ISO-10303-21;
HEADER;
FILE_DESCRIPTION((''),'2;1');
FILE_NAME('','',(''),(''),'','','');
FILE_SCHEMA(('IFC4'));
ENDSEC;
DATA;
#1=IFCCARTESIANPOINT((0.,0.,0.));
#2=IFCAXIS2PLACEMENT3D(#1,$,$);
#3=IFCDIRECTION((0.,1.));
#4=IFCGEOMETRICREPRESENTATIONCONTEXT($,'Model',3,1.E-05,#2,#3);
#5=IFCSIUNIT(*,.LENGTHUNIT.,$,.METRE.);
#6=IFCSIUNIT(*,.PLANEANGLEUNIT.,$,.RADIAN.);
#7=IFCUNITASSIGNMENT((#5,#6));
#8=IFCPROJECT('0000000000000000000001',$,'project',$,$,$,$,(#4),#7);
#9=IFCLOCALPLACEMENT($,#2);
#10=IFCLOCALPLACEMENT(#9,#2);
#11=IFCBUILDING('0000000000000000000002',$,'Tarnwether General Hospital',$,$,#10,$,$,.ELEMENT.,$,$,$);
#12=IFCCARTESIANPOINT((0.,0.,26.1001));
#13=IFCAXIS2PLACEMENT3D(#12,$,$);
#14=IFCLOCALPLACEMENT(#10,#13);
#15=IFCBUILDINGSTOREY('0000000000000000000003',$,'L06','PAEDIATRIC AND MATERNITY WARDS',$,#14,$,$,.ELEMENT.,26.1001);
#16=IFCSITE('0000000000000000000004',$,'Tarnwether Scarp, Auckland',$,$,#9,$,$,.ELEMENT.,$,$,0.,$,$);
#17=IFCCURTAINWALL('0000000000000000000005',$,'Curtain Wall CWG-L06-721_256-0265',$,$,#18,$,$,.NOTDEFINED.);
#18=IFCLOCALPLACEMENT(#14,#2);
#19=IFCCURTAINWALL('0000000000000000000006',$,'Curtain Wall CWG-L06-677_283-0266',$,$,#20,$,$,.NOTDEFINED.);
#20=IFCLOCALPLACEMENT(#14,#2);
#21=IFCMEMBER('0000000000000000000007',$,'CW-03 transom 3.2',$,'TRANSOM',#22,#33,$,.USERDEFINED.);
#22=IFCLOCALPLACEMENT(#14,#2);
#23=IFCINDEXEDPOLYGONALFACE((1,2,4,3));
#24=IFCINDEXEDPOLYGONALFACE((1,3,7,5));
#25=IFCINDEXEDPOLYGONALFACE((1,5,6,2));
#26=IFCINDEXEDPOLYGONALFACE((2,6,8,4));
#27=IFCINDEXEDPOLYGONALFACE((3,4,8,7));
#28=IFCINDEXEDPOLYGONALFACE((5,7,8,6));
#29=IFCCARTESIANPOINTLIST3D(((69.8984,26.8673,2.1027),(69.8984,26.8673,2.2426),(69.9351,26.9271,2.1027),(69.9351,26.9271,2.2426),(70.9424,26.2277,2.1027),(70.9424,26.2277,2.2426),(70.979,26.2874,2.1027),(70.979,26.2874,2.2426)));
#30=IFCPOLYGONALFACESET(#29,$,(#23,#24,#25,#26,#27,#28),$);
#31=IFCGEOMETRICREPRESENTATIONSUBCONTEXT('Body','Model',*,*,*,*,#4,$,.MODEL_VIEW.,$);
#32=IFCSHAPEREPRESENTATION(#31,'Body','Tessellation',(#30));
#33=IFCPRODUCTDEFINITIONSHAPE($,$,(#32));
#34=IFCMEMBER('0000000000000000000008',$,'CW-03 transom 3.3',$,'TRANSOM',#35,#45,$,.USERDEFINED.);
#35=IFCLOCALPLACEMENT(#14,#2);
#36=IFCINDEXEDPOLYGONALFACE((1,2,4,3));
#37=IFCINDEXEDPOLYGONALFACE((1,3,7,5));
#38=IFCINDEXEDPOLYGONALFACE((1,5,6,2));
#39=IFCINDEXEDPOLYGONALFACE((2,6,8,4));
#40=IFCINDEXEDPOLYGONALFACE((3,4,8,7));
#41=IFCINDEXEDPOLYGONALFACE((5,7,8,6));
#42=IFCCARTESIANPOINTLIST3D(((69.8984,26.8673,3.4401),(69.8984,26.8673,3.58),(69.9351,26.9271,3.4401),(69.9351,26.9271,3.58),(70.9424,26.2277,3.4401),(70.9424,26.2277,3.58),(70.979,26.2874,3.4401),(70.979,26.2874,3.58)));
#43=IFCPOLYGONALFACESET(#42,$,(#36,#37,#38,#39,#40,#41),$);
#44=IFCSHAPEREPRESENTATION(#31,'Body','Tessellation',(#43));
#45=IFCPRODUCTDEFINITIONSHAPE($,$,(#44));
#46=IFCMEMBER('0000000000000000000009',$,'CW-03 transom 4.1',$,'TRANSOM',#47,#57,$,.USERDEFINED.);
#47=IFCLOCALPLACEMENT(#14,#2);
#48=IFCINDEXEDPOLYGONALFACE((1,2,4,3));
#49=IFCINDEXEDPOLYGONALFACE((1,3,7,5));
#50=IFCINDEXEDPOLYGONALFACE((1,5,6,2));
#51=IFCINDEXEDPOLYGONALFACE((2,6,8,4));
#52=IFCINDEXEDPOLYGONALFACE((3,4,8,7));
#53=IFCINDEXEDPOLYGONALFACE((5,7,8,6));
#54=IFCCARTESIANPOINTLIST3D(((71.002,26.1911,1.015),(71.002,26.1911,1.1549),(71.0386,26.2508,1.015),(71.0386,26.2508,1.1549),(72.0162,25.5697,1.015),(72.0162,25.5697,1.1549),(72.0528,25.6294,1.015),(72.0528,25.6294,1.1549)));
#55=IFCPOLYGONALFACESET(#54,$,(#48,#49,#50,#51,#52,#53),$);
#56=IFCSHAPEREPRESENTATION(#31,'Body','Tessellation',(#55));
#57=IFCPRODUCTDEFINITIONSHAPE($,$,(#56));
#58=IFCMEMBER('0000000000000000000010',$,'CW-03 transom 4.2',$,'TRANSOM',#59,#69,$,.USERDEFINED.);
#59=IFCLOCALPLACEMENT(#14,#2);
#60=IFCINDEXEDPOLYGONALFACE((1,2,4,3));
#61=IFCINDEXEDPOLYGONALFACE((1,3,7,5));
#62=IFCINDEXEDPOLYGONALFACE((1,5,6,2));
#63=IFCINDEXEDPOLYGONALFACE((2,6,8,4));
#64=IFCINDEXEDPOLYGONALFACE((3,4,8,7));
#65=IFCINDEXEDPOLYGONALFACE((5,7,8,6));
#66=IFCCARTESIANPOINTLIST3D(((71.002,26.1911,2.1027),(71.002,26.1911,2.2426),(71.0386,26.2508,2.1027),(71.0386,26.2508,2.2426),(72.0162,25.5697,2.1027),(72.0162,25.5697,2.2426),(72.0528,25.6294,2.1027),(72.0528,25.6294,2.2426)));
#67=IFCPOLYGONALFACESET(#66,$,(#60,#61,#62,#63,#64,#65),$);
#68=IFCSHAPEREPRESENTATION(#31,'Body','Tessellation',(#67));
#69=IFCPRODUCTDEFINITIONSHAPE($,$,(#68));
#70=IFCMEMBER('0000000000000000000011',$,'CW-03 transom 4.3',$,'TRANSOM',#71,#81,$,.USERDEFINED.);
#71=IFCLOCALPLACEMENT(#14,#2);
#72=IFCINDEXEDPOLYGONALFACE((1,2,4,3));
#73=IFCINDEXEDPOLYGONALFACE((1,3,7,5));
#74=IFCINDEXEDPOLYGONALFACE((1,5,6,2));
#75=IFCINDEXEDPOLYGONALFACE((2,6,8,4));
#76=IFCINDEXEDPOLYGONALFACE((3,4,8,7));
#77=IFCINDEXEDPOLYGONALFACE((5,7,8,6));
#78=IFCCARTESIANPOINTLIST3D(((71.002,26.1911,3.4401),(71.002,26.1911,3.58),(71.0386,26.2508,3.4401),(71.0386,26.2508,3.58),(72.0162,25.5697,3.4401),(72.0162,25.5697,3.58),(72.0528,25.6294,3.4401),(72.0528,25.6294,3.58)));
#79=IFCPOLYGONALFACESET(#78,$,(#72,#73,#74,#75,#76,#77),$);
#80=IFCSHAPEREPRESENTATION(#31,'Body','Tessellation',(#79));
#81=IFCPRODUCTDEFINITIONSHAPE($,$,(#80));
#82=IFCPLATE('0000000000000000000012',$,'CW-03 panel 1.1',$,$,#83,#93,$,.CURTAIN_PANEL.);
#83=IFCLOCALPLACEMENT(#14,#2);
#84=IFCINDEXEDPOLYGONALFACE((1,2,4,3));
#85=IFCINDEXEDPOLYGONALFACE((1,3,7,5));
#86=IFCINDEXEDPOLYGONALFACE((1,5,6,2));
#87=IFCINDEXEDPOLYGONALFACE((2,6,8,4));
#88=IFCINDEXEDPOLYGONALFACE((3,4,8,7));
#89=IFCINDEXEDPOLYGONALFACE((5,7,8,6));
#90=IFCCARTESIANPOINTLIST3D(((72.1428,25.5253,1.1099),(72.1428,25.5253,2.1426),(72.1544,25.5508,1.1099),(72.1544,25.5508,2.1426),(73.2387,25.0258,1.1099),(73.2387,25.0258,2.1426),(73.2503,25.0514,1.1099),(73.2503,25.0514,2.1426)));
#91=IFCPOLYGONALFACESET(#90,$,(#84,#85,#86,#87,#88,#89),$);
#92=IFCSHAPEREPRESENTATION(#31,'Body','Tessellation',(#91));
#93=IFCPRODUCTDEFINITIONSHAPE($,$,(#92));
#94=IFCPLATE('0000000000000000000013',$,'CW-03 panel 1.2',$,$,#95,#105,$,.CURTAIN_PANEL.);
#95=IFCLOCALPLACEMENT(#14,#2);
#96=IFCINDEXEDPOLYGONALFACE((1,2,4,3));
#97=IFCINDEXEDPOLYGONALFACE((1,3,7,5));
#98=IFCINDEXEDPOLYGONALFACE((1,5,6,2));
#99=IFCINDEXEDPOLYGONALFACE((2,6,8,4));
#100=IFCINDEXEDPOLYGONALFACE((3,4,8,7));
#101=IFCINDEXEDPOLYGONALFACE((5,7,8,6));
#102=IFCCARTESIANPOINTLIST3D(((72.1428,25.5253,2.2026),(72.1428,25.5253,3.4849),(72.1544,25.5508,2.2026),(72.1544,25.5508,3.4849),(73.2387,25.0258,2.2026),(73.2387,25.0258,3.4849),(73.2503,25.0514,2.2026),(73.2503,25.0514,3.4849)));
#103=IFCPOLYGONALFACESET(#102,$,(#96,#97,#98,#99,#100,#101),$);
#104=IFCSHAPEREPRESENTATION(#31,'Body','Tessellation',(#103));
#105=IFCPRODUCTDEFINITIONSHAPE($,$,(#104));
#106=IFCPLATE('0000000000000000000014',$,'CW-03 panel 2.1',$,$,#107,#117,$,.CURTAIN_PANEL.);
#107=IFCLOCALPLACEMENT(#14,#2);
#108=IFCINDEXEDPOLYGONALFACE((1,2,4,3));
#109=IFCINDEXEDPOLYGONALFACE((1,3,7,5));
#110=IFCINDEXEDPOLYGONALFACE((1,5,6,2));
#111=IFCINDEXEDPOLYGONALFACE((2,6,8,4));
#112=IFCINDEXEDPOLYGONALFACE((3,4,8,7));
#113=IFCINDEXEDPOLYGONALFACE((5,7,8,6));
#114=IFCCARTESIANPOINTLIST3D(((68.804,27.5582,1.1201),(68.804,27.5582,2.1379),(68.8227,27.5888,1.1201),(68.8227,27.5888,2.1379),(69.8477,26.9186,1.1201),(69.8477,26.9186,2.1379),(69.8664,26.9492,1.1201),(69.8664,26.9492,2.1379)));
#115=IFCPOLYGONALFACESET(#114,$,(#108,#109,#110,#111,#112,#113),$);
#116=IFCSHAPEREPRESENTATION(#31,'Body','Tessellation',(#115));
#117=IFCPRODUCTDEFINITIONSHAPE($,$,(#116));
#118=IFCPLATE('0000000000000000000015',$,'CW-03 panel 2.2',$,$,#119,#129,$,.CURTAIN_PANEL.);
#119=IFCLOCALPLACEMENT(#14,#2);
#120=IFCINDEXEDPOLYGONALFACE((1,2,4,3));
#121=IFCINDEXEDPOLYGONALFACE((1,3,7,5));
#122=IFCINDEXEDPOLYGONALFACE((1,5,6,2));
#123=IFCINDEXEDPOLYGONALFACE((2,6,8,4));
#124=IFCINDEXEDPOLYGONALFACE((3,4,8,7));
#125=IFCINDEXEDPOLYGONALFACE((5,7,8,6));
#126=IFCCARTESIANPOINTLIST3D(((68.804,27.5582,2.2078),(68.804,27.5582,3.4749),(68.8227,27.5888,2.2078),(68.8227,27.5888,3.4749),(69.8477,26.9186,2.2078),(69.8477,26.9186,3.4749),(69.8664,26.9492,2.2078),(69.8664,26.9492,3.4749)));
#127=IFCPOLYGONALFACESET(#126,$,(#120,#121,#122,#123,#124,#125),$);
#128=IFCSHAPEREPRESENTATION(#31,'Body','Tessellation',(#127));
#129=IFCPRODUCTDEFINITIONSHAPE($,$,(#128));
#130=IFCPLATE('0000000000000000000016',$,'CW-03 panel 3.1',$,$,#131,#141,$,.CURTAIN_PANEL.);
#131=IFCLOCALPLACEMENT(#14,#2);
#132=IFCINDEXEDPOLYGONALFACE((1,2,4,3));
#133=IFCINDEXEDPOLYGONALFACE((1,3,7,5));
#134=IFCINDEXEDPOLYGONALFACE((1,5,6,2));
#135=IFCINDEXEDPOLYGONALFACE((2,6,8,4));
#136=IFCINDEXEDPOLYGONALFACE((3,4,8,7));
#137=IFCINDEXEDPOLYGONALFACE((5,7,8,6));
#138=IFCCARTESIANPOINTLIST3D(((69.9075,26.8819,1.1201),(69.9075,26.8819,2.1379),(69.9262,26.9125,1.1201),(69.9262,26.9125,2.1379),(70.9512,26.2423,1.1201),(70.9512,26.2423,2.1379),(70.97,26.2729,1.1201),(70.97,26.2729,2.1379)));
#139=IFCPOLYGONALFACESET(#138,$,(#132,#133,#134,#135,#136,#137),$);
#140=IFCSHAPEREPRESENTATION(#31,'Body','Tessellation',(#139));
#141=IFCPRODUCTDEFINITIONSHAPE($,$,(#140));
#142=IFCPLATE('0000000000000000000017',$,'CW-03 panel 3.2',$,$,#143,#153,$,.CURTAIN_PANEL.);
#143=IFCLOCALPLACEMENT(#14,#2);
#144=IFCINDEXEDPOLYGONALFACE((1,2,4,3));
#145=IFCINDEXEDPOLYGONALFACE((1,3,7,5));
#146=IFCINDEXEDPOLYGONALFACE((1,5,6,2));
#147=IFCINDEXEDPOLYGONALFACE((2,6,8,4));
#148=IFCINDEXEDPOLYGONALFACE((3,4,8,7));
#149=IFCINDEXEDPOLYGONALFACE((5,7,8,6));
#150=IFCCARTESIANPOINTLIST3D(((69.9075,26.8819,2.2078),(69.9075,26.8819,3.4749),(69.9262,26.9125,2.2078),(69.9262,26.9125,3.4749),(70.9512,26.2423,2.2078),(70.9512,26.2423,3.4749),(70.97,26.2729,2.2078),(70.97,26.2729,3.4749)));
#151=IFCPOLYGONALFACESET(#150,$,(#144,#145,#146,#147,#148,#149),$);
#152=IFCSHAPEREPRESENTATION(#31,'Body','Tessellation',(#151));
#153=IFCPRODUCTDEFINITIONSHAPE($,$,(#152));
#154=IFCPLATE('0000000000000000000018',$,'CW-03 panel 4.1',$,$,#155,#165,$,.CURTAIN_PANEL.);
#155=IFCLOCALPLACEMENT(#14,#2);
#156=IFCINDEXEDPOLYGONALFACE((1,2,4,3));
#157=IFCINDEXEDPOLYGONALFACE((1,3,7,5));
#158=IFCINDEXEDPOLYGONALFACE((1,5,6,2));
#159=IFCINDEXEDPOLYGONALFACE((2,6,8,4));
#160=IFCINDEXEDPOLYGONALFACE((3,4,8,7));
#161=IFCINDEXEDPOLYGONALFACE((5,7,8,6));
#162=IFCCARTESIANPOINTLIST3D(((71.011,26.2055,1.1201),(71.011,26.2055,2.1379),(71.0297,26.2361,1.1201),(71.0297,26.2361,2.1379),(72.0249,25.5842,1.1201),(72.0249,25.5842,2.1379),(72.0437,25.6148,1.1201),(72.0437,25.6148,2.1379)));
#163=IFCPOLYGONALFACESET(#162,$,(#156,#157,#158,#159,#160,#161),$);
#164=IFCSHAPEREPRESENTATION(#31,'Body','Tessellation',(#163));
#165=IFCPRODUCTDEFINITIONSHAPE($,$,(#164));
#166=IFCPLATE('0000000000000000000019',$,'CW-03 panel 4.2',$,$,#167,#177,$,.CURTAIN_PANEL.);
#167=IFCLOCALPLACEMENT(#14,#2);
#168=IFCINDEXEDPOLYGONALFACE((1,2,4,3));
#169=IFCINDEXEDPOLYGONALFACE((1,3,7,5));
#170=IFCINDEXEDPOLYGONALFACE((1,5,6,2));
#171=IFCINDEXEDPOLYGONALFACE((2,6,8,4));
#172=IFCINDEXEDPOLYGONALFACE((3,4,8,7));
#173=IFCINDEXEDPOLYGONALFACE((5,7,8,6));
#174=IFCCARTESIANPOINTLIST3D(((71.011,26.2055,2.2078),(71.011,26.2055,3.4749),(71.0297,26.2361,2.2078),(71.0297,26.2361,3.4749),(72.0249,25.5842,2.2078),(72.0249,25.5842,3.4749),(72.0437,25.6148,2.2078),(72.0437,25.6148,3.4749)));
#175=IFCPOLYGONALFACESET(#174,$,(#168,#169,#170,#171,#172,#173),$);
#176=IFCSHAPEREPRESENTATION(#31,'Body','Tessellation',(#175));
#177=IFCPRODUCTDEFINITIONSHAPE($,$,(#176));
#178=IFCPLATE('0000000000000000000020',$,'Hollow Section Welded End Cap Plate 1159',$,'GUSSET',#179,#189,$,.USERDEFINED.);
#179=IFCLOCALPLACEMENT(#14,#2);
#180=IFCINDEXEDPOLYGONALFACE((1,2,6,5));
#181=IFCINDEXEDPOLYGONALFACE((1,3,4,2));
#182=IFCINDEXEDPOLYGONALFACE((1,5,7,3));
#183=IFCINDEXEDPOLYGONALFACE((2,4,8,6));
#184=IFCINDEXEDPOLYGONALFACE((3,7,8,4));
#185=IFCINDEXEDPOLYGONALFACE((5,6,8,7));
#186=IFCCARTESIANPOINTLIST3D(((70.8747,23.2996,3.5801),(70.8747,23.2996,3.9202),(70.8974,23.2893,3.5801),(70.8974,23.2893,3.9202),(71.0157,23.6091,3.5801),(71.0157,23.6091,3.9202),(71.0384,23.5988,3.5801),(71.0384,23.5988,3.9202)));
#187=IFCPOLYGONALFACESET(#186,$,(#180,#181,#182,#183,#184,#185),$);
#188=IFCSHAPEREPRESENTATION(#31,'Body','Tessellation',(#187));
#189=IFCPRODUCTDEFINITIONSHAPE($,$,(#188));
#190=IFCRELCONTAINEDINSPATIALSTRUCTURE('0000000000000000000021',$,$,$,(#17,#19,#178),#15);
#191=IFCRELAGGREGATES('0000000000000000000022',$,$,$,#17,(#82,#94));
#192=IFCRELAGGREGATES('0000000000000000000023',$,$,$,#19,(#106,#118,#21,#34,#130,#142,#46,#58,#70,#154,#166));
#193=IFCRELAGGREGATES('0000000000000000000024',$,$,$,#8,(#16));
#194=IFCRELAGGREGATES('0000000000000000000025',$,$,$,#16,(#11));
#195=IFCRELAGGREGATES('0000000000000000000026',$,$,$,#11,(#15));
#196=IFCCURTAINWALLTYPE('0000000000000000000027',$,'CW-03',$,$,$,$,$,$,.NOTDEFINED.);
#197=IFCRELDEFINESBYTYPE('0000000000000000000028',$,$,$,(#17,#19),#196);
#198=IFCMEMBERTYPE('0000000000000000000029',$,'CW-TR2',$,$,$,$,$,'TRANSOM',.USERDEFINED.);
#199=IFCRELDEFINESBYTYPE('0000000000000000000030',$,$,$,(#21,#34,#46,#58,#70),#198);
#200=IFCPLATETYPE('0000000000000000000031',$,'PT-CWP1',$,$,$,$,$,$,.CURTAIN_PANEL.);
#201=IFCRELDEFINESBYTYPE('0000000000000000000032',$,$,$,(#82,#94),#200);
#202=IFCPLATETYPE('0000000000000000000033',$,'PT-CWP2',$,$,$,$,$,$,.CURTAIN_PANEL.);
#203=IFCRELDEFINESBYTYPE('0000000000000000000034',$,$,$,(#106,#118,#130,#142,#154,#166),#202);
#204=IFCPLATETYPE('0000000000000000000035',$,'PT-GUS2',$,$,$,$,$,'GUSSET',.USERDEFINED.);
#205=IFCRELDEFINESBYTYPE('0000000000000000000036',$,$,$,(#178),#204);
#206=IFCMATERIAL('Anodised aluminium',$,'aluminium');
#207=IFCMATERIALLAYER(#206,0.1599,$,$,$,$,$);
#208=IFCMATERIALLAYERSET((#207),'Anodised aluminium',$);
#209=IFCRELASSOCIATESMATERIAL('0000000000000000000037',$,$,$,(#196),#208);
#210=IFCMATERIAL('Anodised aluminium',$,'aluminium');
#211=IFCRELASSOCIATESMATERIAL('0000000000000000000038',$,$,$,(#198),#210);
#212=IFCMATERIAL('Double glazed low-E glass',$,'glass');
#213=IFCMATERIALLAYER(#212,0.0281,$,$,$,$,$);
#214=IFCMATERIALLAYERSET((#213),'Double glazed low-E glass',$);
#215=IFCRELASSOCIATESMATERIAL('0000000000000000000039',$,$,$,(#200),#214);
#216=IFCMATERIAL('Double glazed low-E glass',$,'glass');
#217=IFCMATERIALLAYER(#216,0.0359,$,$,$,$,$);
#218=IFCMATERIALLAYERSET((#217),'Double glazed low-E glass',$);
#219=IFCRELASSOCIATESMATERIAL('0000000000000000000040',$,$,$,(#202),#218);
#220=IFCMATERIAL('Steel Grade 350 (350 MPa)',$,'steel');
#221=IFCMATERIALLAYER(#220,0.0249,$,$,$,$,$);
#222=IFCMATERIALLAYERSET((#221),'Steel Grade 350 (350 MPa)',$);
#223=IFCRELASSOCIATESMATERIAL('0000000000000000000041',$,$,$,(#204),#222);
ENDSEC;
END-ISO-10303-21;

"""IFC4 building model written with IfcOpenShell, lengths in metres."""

from ifc_helpers import new_model, si_unit, direction, frame, origin, origin_2d, place, context, subcontext, project, spatial, rectangle, extrude, material, layer, layer_set, material_profile, profile_set, type_object, element, aggregate, save


model = new_model("IFC4")

# Units and contexts
model_context = context("Model", 3, precision=1e-05, world=origin(), true_north=direction((0.0, 1.0)))
body_context = subcontext(model_context, "Body", "Model", "MODEL_VIEW")
ifc_project = project(units=[si_unit("LENGTHUNIT", "METRE"), si_unit("PLANEANGLEUNIT", "RADIAN")], contexts=[model_context])

# Site, building, storey
site_placement = place(None, origin())
site = spatial("IfcSite", under=ifc_project, at=site_placement, Name="Tarnwether Scarp, Auckland", CompositionType="ELEMENT", RefElevation=0.0)
building_placement = place(site_placement, origin())
building = spatial("IfcBuilding", under=site, at=building_placement, Name="Tarnwether General Hospital", CompositionType="ELEMENT")
storey_placement = place(building_placement, frame((0.0, 0.0, 26.1001)))
storey = spatial("IfcBuildingStorey", under=building, at=storey_placement, Name="L06", Description="PAEDIATRIC AND MATERNITY WARDS", CompositionType="ELEMENT", Elevation=26.1001)

# Curtain walls
ifc_material_1 = material(Name="Anodised aluminium", Category="aluminium")
ifc_layer_1 = layer(ifc_material_1, 0.1599)
ifc_layer_set_1 = layer_set([ifc_layer_1], Name="Anodised aluminium")
curtain_wall_type = type_object("IfcCurtainWallType", Name="CW-03", PredefinedType="NOTDEFINED", material=ifc_layer_set_1)
curtain_wall_1_placement = place(storey_placement, origin())
curtain_wall_1 = element("IfcCurtainWall", 1, at=curtain_wall_1_placement, inside=storey, type_object=curtain_wall_type, Name="Curtain Wall CWG-L06-721_256-0265", PredefinedType="NOTDEFINED")
curtain_wall_2_placement = place(storey_placement, origin())
curtain_wall_2 = element("IfcCurtainWall", 2, at=curtain_wall_2_placement, inside=storey, type_object=curtain_wall_type, Name="Curtain Wall CWG-L06-677_283-0266", PredefinedType="NOTDEFINED")

# Members
ifc_material_2 = material(Name="Anodised aluminium", Category="aluminium")
ifc_material_profile_1 = material_profile(ifc_material_2, rectangle(XDim=0.0701, YDim=0.1399, at=origin_2d()), Name="ALU-TRN-70x140")
ifc_profile_set_1 = profile_set([ifc_material_profile_1], Name="Anodised aluminium")
member_type_1 = type_object("IfcMemberType", Name="CW-TR2", ElementType="TRANSOM", PredefinedType="USERDEFINED", material=ifc_profile_set_1)
member_1_placement = place(storey_placement, frame((69.9167, 26.8972, 2.1726), z_axis=(0.85267, -0.52245, 0.0), x_axis=(0.52245, 0.85267, 0.0)))
member_1 = element("IfcMember", 3, at=member_1_placement, type_object=member_type_1, Name="CW-03 transom 3.2", ObjectType="TRANSOM", PredefinedType="USERDEFINED", context=body_context, shape_type="SweptSolid", body=[
    extrude(rectangle(XDim=0.0701, YDim=0.1399, at=origin_2d()), origin(), (0.0, 0.0, 1.0), 1.2244),
])
member_2_placement = place(storey_placement, frame((69.9167, 26.8972, 3.51), z_axis=(0.85267, -0.52245, 0.0), x_axis=(0.52245, 0.85267, 0.0)))
member_2 = element("IfcMember", 4, at=member_2_placement, type_object=member_type_1, Name="CW-03 transom 3.3", ObjectType="TRANSOM", PredefinedType="USERDEFINED", context=body_context, shape_type="SweptSolid", body=[
    extrude(rectangle(XDim=0.0701, YDim=0.1399, at=origin_2d()), origin(), (0.0, 0.0, 1.0), 1.2244),
])
member_3_placement = place(storey_placement, frame((71.0203, 26.2209, 1.085), z_axis=(0.852693, -0.522413, 0.0), x_axis=(0.522413, 0.852693, 0.0)))
member_3 = element("IfcMember", 5, at=member_3_placement, type_object=member_type_1, Name="CW-03 transom 4.1", ObjectType="TRANSOM", PredefinedType="USERDEFINED", context=body_context, shape_type="SweptSolid", body=[
    extrude(rectangle(XDim=0.0701, YDim=0.1399, at=origin_2d()), origin(), (0.0, 0.0, 1.0), 1.1895),
])
member_4_placement = place(storey_placement, frame((71.0203, 26.2209, 2.1726), z_axis=(0.852693, -0.522413, 0.0), x_axis=(0.522413, 0.852693, 0.0)))
member_4 = element("IfcMember", 6, at=member_4_placement, type_object=member_type_1, Name="CW-03 transom 4.2", ObjectType="TRANSOM", PredefinedType="USERDEFINED", context=body_context, shape_type="SweptSolid", body=[
    extrude(rectangle(XDim=0.0701, YDim=0.1399, at=origin_2d()), origin(), (0.0, 0.0, 1.0), 1.1895),
])
member_5_placement = place(storey_placement, frame((71.0203, 26.2209, 3.51), z_axis=(0.852693, -0.522413, 0.0), x_axis=(0.522413, 0.852693, 0.0)))
member_5 = element("IfcMember", 7, at=member_5_placement, type_object=member_type_1, Name="CW-03 transom 4.3", ObjectType="TRANSOM", PredefinedType="USERDEFINED", context=body_context, shape_type="SweptSolid", body=[
    extrude(rectangle(XDim=0.0701, YDim=0.1399, at=origin_2d()), origin(), (0.0, 0.0, 1.0), 1.1895),
])

# Plates
ifc_material_3 = material(Name="Double glazed low-E glass", Category="glass")
ifc_layer_2 = layer(ifc_material_3, 0.0281)
ifc_layer_set_2 = layer_set([ifc_layer_2], Name="Double glazed low-E glass")
plate_type_1 = type_object("IfcPlateType", Name="PT-CWP1", PredefinedType="CURTAIN_PANEL", material=ifc_layer_set_2)
plate_1_placement = place(storey_placement, frame((72.6965, 25.2883, 1.1099), z_axis=(0.0, 0.0, 1.0), x_axis=(0.909956, -0.414705, 0.0)))
plate_1 = element("IfcPlate", 8, at=plate_1_placement, type_object=plate_type_1, Name="CW-03 panel 1.1", PredefinedType="CURTAIN_PANEL", context=body_context, shape_type="SweptSolid", body=[
    extrude(rectangle(XDim=1.2043, YDim=0.0281, at=origin_2d()), origin(), (0.0, 0.0, 1.0), 1.0327),
])
plate_2_placement = place(storey_placement, frame((72.6965, 25.2883, 2.2026), z_axis=(0.0, 0.0, 1.0), x_axis=(0.909956, -0.414705, 0.0)))
plate_2 = element("IfcPlate", 9, at=plate_2_placement, type_object=plate_type_1, Name="CW-03 panel 1.2", PredefinedType="CURTAIN_PANEL", context=body_context, shape_type="SweptSolid", body=[
    extrude(rectangle(XDim=1.2043, YDim=0.0281, at=origin_2d()), origin(), (0.0, 0.0, 1.0), 1.2822),
])
aggregate(curtain_wall_1, [plate_1, plate_2])
ifc_material_4 = material(Name="Double glazed low-E glass", Category="glass")
ifc_layer_3 = layer(ifc_material_4, 0.0359)
ifc_layer_set_3 = layer_set([ifc_layer_3], Name="Double glazed low-E glass")
plate_type_2 = type_object("IfcPlateType", Name="PT-CWP2", PredefinedType="CURTAIN_PANEL", material=ifc_layer_set_3)
plate_3_placement = place(storey_placement, frame((69.3352, 27.2537, 1.1201), z_axis=(0.0, 0.0, 1.0), x_axis=(0.852632, -0.522512, 0.0)))
plate_3 = element("IfcPlate", 10, at=plate_3_placement, type_object=plate_type_2, Name="CW-03 panel 2.1", PredefinedType="CURTAIN_PANEL", context=body_context, shape_type="SweptSolid", body=[
    extrude(rectangle(XDim=1.2241, YDim=0.0359, at=origin_2d()), origin(), (0.0, 0.0, 1.0), 1.0178),
])
plate_4_placement = place(storey_placement, frame((69.3352, 27.2537, 2.2078), z_axis=(0.0, 0.0, 1.0), x_axis=(0.852632, -0.522512, 0.0)))
plate_4 = element("IfcPlate", 11, at=plate_4_placement, type_object=plate_type_2, Name="CW-03 panel 2.2", PredefinedType="CURTAIN_PANEL", context=body_context, shape_type="SweptSolid", body=[
    extrude(rectangle(XDim=1.2241, YDim=0.0359, at=origin_2d()), origin(), (0.0, 0.0, 1.0), 1.2671),
])
plate_5_placement = place(storey_placement, frame((70.4387, 26.5774, 1.1201), z_axis=(0.0, 0.0, 1.0), x_axis=(0.852632, -0.522512, 0.0)))
plate_5 = element("IfcPlate", 12, at=plate_5_placement, type_object=plate_type_2, Name="CW-03 panel 3.1", PredefinedType="CURTAIN_PANEL", context=body_context, shape_type="SweptSolid", body=[
    extrude(rectangle(XDim=1.2241, YDim=0.0359, at=origin_2d()), origin(), (0.0, 0.0, 1.0), 1.0178),
])
plate_6_placement = place(storey_placement, frame((70.4387, 26.5774, 2.2078), z_axis=(0.0, 0.0, 1.0), x_axis=(0.852632, -0.522512, 0.0)))
plate_6 = element("IfcPlate", 13, at=plate_6_placement, type_object=plate_type_2, Name="CW-03 panel 3.2", PredefinedType="CURTAIN_PANEL", context=body_context, shape_type="SweptSolid", body=[
    extrude(rectangle(XDim=1.2241, YDim=0.0359, at=origin_2d()), origin(), (0.0, 0.0, 1.0), 1.2671),
])
plate_7_placement = place(storey_placement, frame((71.5273, 25.9102, 1.1201), z_axis=(0.0, 0.0, 1.0), x_axis=(0.852632, -0.522512, 0.0)))
plate_7 = element("IfcPlate", 14, at=plate_7_placement, type_object=plate_type_2, Name="CW-03 panel 4.1", PredefinedType="CURTAIN_PANEL", context=body_context, shape_type="SweptSolid", body=[
    extrude(rectangle(XDim=1.1892, YDim=0.0359, at=origin_2d()), origin(), (0.0, 0.0, 1.0), 1.0178),
])
plate_8_placement = place(storey_placement, frame((71.5273, 25.9102, 2.2078), z_axis=(0.0, 0.0, 1.0), x_axis=(0.852632, -0.522512, 0.0)))
plate_8 = element("IfcPlate", 15, at=plate_8_placement, type_object=plate_type_2, Name="CW-03 panel 4.2", PredefinedType="CURTAIN_PANEL", context=body_context, shape_type="SweptSolid", body=[
    extrude(rectangle(XDim=1.1892, YDim=0.0359, at=origin_2d()), origin(), (0.0, 0.0, 1.0), 1.2671),
])
aggregate(curtain_wall_2, [plate_3, plate_4, member_1, member_2, plate_5, plate_6, member_3, member_4, member_5, plate_7, plate_8])
ifc_material_5 = material(Name="Steel Grade 350 (350 MPa)", Category="steel")
ifc_layer_4 = layer(ifc_material_5, 0.0249)
ifc_layer_set_4 = layer_set([ifc_layer_4], Name="Steel Grade 350 (350 MPa)")
plate_type_3 = type_object("IfcPlateType", Name="PT-GUS2", ElementType="GUSSET", PredefinedType="USERDEFINED", material=ifc_layer_set_4)
plate_9_placement = place(storey_placement, frame((70.9565, 23.4492, 3.5801), z_axis=(0.0, 0.0, 1.0), x_axis=(0.909969, -0.414677, 0.0)))
element("IfcPlate", 16, at=plate_9_placement, inside=storey, type_object=plate_type_3, Name="Hollow Section Welded End Cap Plate 1159", ObjectType="GUSSET", PredefinedType="USERDEFINED", context=body_context, shape_type="SweptSolid", body=[
    extrude(rectangle(XDim=0.0249, YDim=0.3401, at=origin_2d()), origin(), (0.0, 0.0, 1.0), 0.3401),
])

save(model, "model.ifc")
